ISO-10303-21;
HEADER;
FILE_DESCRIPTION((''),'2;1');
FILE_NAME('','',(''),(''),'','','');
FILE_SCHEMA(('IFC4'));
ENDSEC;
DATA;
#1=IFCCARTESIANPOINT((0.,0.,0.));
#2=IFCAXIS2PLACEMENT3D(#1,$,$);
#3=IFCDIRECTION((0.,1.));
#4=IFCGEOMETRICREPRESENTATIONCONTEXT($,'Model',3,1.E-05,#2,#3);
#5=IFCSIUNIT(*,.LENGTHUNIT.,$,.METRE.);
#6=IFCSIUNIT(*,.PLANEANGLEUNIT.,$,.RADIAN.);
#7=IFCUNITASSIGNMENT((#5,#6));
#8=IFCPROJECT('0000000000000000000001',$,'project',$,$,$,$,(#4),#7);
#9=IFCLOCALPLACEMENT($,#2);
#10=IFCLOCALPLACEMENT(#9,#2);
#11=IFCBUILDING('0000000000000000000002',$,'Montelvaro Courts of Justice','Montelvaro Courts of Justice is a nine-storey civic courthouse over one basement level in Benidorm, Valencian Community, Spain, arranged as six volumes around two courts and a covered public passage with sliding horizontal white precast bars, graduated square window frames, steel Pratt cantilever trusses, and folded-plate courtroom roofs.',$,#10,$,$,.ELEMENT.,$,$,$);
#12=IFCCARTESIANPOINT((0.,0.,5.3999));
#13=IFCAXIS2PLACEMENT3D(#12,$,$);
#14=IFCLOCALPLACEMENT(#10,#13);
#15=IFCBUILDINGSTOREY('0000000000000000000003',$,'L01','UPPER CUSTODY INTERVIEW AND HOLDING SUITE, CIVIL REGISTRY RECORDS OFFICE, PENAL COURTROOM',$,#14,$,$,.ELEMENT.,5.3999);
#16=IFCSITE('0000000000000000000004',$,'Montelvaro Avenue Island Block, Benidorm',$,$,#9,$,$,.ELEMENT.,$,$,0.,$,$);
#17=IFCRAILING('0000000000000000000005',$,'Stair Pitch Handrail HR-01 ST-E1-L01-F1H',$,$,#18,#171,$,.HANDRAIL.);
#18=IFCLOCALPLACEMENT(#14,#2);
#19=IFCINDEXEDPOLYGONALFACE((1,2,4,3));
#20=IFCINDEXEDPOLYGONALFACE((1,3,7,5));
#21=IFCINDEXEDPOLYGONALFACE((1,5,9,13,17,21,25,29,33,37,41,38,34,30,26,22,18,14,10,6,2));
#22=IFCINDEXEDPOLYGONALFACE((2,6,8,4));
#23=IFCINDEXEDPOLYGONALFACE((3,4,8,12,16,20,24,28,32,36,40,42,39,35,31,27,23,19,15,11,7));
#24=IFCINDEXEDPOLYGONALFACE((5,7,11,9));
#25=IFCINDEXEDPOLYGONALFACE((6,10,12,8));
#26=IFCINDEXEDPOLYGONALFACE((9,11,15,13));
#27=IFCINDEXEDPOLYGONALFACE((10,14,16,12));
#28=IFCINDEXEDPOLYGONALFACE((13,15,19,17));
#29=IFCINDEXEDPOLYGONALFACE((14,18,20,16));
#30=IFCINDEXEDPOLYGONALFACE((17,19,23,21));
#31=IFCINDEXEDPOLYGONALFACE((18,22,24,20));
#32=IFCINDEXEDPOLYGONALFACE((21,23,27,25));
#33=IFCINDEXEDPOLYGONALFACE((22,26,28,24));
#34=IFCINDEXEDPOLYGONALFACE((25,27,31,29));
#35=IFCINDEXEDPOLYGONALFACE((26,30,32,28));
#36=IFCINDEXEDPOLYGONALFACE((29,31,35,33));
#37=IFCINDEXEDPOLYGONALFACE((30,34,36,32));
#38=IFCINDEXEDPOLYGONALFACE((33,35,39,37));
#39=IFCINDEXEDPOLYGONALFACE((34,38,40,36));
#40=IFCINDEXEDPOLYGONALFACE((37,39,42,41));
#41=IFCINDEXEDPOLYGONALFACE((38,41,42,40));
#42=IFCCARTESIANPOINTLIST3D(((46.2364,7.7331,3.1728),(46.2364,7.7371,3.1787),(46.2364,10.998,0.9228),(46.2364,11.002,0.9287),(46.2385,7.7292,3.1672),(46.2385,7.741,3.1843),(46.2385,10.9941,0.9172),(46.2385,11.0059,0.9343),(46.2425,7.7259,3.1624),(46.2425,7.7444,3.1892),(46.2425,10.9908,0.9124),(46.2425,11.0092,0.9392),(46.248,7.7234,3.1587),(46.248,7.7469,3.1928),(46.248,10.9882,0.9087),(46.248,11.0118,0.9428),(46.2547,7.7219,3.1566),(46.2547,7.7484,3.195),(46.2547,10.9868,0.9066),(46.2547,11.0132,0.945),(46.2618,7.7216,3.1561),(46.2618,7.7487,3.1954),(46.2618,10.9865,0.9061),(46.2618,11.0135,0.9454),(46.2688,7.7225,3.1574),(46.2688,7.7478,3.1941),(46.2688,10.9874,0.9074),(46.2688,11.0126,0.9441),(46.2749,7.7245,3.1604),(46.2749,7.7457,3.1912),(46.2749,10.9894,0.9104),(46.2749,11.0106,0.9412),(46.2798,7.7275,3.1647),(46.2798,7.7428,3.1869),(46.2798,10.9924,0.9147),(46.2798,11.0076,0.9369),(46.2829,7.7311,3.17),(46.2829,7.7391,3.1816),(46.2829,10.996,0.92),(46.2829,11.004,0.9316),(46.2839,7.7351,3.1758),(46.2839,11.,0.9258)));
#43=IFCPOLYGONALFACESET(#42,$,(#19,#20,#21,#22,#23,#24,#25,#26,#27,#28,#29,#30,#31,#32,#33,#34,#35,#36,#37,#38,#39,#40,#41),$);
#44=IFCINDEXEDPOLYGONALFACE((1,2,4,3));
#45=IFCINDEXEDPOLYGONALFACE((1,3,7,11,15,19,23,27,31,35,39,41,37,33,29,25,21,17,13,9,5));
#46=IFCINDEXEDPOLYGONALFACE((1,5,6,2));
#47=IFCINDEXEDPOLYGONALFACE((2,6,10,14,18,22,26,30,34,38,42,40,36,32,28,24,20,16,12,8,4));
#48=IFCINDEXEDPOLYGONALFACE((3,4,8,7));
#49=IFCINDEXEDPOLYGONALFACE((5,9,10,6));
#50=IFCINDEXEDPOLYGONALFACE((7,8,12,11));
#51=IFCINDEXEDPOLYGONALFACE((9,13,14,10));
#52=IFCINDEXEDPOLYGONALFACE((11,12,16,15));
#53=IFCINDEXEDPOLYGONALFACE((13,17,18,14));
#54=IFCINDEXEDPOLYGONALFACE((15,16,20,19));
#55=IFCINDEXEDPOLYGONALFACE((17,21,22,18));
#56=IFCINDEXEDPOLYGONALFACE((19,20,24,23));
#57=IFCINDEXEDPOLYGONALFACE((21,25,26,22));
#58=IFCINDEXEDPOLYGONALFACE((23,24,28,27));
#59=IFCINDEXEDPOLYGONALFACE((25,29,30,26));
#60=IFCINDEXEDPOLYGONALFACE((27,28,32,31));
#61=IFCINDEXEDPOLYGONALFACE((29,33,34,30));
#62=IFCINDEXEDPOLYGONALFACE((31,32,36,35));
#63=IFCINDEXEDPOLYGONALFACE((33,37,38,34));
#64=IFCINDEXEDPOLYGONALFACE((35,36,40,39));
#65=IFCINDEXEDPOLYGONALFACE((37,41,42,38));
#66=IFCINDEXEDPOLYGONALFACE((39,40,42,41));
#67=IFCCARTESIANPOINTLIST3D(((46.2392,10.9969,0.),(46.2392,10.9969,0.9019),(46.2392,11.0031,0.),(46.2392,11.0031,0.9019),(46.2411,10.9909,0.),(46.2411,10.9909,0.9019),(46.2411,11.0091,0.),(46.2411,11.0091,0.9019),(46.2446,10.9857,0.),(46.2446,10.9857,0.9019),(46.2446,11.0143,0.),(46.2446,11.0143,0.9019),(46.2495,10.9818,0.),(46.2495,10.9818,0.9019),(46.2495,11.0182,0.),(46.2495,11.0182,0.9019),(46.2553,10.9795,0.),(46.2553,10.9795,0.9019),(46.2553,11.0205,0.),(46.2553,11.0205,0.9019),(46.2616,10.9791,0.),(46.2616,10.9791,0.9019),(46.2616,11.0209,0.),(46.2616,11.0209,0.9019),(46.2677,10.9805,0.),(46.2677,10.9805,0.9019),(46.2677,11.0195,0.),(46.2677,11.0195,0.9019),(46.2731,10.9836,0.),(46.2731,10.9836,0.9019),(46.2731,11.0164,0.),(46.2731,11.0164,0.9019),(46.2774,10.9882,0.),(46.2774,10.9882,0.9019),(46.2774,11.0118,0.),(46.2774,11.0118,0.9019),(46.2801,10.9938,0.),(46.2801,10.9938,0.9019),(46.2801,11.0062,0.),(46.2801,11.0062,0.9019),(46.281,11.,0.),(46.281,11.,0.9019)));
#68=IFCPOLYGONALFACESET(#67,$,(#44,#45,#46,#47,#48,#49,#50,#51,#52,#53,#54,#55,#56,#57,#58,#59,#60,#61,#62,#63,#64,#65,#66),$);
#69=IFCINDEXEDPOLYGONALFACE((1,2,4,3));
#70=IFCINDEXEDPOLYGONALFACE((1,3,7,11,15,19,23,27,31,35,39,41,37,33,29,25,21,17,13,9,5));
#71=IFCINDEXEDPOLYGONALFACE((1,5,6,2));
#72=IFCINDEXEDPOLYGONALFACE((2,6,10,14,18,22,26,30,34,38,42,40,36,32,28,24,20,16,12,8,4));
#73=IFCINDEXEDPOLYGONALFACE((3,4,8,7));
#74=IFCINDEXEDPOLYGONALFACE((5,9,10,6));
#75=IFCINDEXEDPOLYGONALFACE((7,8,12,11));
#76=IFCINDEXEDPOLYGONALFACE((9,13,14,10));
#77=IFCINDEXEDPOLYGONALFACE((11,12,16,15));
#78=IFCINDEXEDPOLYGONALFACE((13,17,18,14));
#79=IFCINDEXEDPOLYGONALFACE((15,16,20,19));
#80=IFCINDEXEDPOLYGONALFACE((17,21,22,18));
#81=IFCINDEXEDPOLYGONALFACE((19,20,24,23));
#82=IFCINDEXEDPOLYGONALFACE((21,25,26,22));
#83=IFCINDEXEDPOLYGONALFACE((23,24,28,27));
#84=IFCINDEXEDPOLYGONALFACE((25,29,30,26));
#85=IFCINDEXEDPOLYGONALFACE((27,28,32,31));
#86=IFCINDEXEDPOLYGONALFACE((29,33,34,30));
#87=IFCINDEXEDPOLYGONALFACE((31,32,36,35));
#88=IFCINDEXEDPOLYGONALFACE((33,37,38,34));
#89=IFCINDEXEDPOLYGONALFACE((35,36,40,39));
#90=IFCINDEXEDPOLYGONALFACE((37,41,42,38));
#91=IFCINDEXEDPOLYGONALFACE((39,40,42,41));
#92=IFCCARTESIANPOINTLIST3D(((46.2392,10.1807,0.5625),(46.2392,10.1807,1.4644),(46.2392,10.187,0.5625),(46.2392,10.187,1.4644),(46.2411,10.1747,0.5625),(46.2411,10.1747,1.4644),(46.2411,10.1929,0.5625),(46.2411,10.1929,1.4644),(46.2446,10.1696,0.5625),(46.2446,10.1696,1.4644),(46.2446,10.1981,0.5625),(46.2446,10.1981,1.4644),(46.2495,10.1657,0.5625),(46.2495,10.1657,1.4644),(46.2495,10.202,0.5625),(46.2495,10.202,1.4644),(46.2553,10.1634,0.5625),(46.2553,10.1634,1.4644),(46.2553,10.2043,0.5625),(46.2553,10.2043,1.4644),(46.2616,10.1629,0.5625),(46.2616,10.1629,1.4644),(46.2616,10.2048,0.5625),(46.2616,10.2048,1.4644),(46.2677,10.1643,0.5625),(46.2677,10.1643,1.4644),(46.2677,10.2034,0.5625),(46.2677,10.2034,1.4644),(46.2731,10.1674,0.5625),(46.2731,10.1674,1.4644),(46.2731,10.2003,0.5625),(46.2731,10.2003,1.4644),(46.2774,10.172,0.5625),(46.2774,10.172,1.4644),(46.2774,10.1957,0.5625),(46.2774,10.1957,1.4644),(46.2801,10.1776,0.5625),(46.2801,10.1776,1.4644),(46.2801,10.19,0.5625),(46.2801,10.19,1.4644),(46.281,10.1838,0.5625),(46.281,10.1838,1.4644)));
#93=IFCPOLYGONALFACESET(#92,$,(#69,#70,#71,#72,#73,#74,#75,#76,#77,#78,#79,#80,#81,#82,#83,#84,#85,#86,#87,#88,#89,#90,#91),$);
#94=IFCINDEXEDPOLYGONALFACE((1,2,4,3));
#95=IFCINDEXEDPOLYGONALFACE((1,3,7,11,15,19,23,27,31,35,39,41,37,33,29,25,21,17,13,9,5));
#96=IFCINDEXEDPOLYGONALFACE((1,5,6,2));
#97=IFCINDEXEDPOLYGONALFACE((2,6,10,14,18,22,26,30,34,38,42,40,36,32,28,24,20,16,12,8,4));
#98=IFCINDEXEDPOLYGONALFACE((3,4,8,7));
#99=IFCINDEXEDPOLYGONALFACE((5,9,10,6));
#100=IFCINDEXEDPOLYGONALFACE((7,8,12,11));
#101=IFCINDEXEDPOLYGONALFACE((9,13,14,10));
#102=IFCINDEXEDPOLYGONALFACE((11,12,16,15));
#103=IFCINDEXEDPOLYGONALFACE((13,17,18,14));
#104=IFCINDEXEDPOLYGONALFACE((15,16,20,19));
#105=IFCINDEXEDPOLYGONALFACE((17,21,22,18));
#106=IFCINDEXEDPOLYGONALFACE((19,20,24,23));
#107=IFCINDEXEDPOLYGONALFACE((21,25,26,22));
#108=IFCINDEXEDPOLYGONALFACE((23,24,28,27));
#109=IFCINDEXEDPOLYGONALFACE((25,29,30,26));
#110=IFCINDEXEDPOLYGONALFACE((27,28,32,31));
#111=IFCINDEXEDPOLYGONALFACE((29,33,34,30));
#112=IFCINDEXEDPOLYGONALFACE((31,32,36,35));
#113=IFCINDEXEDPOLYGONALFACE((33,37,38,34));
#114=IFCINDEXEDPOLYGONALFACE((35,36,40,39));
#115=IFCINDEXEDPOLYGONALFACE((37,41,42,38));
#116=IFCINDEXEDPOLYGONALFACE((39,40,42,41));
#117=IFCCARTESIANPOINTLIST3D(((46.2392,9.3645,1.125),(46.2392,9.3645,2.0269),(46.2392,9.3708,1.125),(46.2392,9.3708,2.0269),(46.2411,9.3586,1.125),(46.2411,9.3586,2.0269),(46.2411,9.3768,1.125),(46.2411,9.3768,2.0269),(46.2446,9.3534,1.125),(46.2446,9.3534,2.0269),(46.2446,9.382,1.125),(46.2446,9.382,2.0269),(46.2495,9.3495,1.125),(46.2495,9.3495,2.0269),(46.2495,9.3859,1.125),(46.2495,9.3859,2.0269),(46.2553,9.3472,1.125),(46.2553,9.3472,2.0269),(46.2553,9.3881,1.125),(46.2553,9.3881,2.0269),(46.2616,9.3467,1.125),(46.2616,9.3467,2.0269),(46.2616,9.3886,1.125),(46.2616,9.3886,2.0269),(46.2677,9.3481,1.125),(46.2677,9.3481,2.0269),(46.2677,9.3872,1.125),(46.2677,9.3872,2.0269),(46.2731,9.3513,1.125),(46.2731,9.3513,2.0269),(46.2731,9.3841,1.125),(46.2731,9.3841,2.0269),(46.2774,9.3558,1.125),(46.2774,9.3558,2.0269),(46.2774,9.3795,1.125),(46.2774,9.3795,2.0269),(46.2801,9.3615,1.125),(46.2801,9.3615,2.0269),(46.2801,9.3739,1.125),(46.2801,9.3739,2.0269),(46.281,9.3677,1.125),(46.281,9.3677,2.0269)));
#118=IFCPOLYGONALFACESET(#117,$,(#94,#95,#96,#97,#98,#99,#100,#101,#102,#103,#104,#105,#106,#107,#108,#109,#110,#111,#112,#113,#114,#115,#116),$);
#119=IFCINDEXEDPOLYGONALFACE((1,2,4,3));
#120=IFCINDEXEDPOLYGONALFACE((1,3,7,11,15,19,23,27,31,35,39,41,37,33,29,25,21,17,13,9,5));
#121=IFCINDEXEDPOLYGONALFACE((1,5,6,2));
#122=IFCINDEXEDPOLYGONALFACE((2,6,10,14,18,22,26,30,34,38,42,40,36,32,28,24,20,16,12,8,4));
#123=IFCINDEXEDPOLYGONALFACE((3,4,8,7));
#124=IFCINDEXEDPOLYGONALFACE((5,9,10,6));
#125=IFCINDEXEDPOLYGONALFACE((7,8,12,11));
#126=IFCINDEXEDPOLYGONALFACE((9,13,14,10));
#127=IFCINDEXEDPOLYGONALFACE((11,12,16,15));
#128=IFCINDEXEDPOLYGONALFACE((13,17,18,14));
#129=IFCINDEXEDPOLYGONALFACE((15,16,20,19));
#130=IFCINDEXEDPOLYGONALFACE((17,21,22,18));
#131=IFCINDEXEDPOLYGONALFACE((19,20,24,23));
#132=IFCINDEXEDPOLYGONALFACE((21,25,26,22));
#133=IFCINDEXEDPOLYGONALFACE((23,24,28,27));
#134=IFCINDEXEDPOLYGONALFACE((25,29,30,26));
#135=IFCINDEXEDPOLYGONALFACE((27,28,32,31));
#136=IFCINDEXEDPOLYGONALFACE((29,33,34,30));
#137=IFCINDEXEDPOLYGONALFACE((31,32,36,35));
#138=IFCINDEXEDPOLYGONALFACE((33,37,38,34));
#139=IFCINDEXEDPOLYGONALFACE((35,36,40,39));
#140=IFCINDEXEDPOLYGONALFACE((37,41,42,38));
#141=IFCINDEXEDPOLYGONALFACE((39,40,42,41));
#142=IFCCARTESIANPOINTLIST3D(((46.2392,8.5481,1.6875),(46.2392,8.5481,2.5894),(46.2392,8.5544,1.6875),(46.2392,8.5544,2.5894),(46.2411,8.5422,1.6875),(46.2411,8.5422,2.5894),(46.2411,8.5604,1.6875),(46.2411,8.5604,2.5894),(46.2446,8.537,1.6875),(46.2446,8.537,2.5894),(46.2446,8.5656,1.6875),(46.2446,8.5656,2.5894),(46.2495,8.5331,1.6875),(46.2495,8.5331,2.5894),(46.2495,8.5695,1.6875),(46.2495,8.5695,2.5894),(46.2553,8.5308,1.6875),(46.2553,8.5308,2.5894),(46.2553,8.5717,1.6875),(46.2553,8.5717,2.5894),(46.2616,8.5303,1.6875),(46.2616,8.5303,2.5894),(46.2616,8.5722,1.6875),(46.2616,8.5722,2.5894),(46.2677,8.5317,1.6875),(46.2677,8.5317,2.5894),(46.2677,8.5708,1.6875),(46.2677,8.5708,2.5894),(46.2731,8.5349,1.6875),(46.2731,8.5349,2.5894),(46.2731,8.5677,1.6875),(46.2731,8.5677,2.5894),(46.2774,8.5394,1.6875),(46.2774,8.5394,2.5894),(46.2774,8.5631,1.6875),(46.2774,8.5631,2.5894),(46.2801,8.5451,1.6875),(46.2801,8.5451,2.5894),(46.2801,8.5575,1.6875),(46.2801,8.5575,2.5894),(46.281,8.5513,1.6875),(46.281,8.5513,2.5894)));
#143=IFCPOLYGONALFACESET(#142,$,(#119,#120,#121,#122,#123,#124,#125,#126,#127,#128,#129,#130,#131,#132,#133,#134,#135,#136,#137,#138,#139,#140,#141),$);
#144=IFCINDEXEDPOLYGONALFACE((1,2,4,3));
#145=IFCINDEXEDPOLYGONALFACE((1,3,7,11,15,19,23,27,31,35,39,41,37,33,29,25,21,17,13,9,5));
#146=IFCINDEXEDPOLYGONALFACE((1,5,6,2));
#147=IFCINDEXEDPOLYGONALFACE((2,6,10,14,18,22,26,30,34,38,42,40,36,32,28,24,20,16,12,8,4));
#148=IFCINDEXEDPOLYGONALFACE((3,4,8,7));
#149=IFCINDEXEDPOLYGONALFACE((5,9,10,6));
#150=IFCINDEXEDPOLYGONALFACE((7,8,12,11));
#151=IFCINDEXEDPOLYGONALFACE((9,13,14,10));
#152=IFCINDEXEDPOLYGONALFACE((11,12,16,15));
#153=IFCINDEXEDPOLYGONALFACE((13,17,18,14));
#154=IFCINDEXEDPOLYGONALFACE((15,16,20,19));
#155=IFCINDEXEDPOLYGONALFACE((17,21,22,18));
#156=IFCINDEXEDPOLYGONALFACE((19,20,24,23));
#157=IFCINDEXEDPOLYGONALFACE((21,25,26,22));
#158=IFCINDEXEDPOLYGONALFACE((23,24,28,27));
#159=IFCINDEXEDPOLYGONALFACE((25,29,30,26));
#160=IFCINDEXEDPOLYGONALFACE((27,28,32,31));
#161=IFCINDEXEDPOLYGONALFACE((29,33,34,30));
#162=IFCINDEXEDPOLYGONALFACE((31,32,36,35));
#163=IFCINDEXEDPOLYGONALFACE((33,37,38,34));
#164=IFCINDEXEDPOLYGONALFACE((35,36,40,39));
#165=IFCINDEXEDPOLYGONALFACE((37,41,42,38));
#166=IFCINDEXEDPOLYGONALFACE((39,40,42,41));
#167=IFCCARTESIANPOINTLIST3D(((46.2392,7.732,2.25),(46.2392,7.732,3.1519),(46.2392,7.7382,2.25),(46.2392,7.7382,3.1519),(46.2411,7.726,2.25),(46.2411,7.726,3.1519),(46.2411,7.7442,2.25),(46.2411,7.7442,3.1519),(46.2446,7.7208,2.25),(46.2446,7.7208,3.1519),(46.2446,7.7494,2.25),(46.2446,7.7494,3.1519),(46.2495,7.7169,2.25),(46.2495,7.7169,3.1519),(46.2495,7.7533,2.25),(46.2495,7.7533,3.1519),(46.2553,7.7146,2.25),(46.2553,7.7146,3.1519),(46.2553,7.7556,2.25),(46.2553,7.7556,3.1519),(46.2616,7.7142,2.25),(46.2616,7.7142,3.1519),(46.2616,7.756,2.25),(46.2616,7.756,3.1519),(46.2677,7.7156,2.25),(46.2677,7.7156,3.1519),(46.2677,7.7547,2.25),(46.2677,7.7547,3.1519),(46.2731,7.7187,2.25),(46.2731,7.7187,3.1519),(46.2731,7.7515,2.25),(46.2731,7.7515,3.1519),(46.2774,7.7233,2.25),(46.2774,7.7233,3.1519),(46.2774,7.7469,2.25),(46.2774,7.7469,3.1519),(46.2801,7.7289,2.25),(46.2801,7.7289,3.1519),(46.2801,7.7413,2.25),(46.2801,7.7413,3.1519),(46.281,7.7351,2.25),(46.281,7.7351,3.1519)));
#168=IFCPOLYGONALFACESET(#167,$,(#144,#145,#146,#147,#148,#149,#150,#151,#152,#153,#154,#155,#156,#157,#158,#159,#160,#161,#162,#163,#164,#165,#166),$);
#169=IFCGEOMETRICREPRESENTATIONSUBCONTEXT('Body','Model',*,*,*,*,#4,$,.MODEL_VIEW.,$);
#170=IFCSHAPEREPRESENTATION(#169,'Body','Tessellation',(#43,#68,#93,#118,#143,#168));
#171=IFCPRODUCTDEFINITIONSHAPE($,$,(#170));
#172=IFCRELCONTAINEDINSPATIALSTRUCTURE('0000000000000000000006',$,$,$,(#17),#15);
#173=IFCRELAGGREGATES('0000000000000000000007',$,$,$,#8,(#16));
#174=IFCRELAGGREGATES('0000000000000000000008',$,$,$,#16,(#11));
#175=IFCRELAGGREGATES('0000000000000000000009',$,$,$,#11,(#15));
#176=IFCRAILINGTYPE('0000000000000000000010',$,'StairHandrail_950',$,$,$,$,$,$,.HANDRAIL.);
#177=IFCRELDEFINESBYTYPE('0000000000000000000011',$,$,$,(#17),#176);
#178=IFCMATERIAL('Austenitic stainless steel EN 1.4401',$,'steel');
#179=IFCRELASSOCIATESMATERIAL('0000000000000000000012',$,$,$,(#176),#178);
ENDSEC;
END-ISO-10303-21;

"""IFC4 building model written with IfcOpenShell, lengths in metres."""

from ifc_helpers import new_model, si_unit, direction, frame, origin, origin_2d, place, context, subcontext, project, spatial, circle, extrude, material, type_object, element, save


model = new_model("IFC4")

# Units and contexts
model_context = context("Model", 3, precision=1e-05, world=origin(), true_north=direction((0.0, 1.0)))
body_context = subcontext(model_context, "Body", "Model", "MODEL_VIEW")
ifc_project = project(units=[si_unit("LENGTHUNIT", "METRE"), si_unit("PLANEANGLEUNIT", "RADIAN")], contexts=[model_context])

# Site, building, storey
site_placement = place(None, origin())
site = spatial("IfcSite", under=ifc_project, at=site_placement, Name="Montelvaro Avenue Island Block, Benidorm", CompositionType="ELEMENT", RefElevation=0.0)
building_placement = place(site_placement, origin())
building = spatial("IfcBuilding", under=site, at=building_placement, Name="Montelvaro Courts of Justice", Description="Montelvaro Courts of Justice is a nine-storey civic courthouse over one basement level in Benidorm, Valencian Community, Spain, arranged as six volumes around two courts and a covered public passage with sliding horizontal white precast bars, graduated square window frames, steel Pratt cantilever trusses, and folded-plate courtroom roofs.", CompositionType="ELEMENT")
storey_placement = place(building_placement, frame((0.0, 0.0, 5.3999)))
storey = spatial("IfcBuildingStorey", under=building, at=storey_placement, Name="L01", Description="UPPER CUSTODY INTERVIEW AND HOLDING SUITE, CIVIL REGISTRY RECORDS OFFICE, PENAL COURTROOM", CompositionType="ELEMENT", Elevation=5.3999)

# Railing
ifc_material_1 = material(Name="Austenitic stainless steel EN 1.4401", Category="steel")
railing_type_1 = type_object("IfcRailingType", Name="StairHandrail_950", PredefinedType="HANDRAIL", material=ifc_material_1)
railing_1_placement = place(storey_placement, frame((46.26, 11.0, 0.0)))
element("IfcRailing", 1, at=railing_1_placement, inside=storey, type_object=railing_type_1, Name="Stair Pitch Handrail HR-01 ST-E1-L01-F1H", PredefinedType="HANDRAIL", context=body_context, shape_type="SweptSolid", body=[
    extrude(circle(Radius=0.0239, at=origin_2d()), frame((0.0, 0.0, 0.9258), z_axis=(0.0, -0.823407, 0.567451), x_axis=(1.0, 0.0, 0.0)), (0.0, 0.0, 1.0), 3.9651),
    extrude(circle(Radius=0.021, at=origin_2d()), origin(), (0.0, 0.0, 1.0), 0.9019),
    extrude(circle(Radius=0.021, at=origin_2d()), frame((0.0, -0.8162, 0.5625)), (0.0, 0.0, 1.0), 0.9019),
    extrude(circle(Radius=0.021, at=origin_2d()), frame((0.0, -1.6323, 1.125)), (0.0, 0.0, 1.0), 0.9019),
    extrude(circle(Radius=0.021, at=origin_2d()), frame((0.0, -2.4487, 1.6875)), (0.0, 0.0, 1.0), 0.9019),
    extrude(circle(Radius=0.021, at=origin_2d()), frame((0.0, -3.2649, 2.25)), (0.0, 0.0, 1.0), 0.9019),
])

save(model, "model.ifc")
